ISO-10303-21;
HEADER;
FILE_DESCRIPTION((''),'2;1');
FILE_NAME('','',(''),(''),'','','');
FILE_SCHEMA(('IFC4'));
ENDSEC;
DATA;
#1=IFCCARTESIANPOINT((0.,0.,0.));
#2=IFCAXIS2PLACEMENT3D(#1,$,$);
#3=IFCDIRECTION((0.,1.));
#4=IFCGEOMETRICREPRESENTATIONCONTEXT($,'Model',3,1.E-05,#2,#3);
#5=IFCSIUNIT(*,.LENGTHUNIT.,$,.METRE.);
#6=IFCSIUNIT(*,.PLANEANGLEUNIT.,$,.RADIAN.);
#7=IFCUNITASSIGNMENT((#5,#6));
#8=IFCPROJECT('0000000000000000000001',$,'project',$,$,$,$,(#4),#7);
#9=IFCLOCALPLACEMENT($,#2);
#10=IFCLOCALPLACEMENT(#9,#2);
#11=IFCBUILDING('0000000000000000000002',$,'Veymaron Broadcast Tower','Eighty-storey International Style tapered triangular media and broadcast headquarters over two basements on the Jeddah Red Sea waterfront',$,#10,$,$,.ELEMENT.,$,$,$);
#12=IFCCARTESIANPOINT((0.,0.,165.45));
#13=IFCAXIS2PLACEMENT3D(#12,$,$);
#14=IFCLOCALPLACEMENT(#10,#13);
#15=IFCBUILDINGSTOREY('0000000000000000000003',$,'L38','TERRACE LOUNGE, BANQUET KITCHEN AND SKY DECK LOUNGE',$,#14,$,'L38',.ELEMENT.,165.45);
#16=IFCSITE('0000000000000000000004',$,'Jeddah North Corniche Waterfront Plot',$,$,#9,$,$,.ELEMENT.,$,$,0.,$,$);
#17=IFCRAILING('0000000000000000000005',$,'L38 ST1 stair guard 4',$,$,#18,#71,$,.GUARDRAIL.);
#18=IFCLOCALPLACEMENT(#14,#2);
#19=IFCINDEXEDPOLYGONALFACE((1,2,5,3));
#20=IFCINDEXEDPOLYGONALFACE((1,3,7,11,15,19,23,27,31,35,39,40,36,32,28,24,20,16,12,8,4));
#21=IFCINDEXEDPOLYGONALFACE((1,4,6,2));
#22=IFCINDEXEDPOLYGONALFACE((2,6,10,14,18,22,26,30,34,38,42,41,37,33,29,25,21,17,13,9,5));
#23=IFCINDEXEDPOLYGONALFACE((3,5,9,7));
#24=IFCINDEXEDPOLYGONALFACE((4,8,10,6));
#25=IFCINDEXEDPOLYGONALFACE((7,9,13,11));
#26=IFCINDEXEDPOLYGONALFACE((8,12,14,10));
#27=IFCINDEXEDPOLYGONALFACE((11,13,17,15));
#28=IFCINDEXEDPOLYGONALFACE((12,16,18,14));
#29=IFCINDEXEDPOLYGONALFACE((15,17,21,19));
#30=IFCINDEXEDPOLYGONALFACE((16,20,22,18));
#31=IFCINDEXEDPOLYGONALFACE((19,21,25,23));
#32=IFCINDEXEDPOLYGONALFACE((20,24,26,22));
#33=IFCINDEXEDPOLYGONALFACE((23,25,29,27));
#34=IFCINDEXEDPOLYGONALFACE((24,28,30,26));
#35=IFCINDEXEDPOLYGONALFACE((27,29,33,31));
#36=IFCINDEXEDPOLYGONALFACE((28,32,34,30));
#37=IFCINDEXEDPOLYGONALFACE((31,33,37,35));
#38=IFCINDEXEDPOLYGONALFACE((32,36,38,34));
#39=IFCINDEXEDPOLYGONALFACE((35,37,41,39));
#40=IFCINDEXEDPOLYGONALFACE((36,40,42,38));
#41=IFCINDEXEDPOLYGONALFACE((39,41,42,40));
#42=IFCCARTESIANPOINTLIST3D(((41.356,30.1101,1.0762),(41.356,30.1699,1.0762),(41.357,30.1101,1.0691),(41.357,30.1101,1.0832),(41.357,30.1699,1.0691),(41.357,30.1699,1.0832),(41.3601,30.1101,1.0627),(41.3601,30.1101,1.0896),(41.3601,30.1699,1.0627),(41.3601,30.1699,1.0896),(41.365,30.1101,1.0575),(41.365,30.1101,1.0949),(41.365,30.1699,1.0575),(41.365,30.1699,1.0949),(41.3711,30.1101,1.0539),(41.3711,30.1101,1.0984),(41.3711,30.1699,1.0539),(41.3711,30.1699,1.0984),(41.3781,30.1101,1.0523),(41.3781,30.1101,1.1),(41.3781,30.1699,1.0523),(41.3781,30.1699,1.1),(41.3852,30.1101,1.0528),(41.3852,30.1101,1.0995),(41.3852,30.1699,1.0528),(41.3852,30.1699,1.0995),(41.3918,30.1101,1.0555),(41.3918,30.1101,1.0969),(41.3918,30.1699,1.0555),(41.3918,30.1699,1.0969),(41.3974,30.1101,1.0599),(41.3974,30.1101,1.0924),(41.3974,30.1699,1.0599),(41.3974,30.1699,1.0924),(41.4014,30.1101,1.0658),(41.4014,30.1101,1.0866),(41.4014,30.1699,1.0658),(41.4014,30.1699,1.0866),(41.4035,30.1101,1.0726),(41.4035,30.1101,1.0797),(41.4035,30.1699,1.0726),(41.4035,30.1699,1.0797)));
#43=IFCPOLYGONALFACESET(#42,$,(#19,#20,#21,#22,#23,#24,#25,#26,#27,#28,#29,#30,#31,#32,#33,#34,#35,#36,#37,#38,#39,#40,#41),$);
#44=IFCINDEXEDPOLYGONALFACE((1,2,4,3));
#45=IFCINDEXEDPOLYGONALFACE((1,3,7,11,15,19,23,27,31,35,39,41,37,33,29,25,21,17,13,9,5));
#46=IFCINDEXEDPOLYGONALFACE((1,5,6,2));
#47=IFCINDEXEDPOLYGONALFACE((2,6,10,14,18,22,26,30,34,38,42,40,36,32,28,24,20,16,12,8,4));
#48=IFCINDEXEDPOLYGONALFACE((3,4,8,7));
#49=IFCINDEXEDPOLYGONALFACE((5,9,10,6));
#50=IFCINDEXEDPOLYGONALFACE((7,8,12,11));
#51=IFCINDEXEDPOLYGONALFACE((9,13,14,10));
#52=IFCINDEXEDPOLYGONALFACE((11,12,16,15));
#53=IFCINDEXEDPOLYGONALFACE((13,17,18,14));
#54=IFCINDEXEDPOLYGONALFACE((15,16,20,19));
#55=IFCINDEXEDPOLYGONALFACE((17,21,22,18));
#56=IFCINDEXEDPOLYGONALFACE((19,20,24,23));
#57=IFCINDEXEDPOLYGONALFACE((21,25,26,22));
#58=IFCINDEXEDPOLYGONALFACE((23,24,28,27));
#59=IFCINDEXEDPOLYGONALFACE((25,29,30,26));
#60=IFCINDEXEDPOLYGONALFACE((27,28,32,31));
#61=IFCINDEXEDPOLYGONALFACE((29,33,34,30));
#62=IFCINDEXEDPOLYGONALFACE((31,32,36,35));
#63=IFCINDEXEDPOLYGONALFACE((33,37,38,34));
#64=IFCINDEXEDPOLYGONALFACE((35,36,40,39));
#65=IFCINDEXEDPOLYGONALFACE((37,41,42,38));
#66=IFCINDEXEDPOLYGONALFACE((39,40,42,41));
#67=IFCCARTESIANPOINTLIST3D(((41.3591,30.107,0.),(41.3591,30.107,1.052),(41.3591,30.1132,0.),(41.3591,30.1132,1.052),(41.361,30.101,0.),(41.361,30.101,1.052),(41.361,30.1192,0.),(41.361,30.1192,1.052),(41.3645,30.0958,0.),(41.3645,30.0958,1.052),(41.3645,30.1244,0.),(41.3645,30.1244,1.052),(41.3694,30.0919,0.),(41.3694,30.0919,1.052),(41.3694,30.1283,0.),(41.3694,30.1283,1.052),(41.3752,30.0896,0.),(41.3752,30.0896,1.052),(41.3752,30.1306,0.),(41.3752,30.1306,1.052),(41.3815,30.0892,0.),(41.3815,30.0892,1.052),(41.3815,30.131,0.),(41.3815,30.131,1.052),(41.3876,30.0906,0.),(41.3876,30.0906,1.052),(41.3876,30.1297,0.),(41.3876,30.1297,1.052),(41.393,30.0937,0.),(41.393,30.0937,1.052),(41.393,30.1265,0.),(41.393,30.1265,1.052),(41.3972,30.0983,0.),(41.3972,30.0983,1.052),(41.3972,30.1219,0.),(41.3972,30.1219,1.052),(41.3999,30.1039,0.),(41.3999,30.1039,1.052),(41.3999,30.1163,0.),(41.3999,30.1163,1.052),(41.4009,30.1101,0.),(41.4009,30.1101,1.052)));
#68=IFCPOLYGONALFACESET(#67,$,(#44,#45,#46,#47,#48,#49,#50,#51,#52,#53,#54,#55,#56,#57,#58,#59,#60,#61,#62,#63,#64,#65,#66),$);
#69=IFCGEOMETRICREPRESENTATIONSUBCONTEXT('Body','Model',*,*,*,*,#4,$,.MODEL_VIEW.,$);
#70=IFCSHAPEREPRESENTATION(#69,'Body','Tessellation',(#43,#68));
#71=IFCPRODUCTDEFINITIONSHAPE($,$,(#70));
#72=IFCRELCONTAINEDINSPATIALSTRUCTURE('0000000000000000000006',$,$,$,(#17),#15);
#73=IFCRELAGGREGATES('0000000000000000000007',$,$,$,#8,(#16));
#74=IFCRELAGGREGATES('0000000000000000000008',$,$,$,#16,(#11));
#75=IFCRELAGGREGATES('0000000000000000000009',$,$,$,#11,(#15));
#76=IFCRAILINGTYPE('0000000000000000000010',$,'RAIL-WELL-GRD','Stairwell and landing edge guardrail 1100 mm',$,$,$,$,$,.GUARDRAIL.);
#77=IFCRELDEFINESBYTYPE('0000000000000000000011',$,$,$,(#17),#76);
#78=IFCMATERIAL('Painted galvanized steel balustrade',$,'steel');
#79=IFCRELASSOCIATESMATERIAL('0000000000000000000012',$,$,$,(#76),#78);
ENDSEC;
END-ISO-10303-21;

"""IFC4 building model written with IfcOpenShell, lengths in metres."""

from ifc_helpers import new_model, si_unit, direction, frame, origin, origin_2d, place, context, subcontext, project, spatial, circle, extrude, material, type_object, element, save


model = new_model("IFC4")

# Units and contexts
model_context = context("Model", 3, precision=1e-05, world=origin(), true_north=direction((0.0, 1.0)))
body_context = subcontext(model_context, "Body", "Model", "MODEL_VIEW")
ifc_project = project(units=[si_unit("LENGTHUNIT", "METRE"), si_unit("PLANEANGLEUNIT", "RADIAN")], contexts=[model_context])

# Site, building, storey
site_placement = place(None, origin())
site = spatial("IfcSite", under=ifc_project, at=site_placement, Name="Jeddah North Corniche Waterfront Plot", CompositionType="ELEMENT", RefElevation=0.0)
building_placement = place(site_placement, origin())
building = spatial("IfcBuilding", under=site, at=building_placement, Name="Veymaron Broadcast Tower", Description="Eighty-storey International Style tapered triangular media and broadcast headquarters over two basements on the Jeddah Red Sea waterfront", CompositionType="ELEMENT")
storey_placement = place(building_placement, frame((0.0, 0.0, 165.45)))
storey = spatial("IfcBuildingStorey", under=building, at=storey_placement, Name="L38", Description="TERRACE LOUNGE, BANQUET KITCHEN AND SKY DECK LOUNGE", LongName="L38", CompositionType="ELEMENT", Elevation=165.45)

# Railing
ifc_material_1 = material(Name="Painted galvanized steel balustrade", Category="steel")
railing_type_1 = type_object("IfcRailingType", Name="RAIL-WELL-GRD", Description="Stairwell and landing edge guardrail 1100 mm", PredefinedType="GUARDRAIL", material=ifc_material_1)
railing_1_placement = place(storey_placement, frame((41.3799, 30.1101, 0.0)))
element("IfcRailing", 1, at=railing_1_placement, inside=storey, type_object=railing_type_1, Name="L38 ST1 stair guard 4", PredefinedType="GUARDRAIL", context=body_context, shape_type="SweptSolid", body=[
    extrude(circle(Radius=0.0239, at=origin_2d()), frame((0.0, 0.0, 1.0762), z_axis=(0.0, 1.0, 0.0), x_axis=(-1.0, 0.0, 0.0)), (0.0, 0.0, 1.0), 0.0598),
    extrude(circle(Radius=0.021, at=origin_2d()), origin(), (0.0, 0.0, 1.0), 1.052),
])

save(model, "model.ifc")
